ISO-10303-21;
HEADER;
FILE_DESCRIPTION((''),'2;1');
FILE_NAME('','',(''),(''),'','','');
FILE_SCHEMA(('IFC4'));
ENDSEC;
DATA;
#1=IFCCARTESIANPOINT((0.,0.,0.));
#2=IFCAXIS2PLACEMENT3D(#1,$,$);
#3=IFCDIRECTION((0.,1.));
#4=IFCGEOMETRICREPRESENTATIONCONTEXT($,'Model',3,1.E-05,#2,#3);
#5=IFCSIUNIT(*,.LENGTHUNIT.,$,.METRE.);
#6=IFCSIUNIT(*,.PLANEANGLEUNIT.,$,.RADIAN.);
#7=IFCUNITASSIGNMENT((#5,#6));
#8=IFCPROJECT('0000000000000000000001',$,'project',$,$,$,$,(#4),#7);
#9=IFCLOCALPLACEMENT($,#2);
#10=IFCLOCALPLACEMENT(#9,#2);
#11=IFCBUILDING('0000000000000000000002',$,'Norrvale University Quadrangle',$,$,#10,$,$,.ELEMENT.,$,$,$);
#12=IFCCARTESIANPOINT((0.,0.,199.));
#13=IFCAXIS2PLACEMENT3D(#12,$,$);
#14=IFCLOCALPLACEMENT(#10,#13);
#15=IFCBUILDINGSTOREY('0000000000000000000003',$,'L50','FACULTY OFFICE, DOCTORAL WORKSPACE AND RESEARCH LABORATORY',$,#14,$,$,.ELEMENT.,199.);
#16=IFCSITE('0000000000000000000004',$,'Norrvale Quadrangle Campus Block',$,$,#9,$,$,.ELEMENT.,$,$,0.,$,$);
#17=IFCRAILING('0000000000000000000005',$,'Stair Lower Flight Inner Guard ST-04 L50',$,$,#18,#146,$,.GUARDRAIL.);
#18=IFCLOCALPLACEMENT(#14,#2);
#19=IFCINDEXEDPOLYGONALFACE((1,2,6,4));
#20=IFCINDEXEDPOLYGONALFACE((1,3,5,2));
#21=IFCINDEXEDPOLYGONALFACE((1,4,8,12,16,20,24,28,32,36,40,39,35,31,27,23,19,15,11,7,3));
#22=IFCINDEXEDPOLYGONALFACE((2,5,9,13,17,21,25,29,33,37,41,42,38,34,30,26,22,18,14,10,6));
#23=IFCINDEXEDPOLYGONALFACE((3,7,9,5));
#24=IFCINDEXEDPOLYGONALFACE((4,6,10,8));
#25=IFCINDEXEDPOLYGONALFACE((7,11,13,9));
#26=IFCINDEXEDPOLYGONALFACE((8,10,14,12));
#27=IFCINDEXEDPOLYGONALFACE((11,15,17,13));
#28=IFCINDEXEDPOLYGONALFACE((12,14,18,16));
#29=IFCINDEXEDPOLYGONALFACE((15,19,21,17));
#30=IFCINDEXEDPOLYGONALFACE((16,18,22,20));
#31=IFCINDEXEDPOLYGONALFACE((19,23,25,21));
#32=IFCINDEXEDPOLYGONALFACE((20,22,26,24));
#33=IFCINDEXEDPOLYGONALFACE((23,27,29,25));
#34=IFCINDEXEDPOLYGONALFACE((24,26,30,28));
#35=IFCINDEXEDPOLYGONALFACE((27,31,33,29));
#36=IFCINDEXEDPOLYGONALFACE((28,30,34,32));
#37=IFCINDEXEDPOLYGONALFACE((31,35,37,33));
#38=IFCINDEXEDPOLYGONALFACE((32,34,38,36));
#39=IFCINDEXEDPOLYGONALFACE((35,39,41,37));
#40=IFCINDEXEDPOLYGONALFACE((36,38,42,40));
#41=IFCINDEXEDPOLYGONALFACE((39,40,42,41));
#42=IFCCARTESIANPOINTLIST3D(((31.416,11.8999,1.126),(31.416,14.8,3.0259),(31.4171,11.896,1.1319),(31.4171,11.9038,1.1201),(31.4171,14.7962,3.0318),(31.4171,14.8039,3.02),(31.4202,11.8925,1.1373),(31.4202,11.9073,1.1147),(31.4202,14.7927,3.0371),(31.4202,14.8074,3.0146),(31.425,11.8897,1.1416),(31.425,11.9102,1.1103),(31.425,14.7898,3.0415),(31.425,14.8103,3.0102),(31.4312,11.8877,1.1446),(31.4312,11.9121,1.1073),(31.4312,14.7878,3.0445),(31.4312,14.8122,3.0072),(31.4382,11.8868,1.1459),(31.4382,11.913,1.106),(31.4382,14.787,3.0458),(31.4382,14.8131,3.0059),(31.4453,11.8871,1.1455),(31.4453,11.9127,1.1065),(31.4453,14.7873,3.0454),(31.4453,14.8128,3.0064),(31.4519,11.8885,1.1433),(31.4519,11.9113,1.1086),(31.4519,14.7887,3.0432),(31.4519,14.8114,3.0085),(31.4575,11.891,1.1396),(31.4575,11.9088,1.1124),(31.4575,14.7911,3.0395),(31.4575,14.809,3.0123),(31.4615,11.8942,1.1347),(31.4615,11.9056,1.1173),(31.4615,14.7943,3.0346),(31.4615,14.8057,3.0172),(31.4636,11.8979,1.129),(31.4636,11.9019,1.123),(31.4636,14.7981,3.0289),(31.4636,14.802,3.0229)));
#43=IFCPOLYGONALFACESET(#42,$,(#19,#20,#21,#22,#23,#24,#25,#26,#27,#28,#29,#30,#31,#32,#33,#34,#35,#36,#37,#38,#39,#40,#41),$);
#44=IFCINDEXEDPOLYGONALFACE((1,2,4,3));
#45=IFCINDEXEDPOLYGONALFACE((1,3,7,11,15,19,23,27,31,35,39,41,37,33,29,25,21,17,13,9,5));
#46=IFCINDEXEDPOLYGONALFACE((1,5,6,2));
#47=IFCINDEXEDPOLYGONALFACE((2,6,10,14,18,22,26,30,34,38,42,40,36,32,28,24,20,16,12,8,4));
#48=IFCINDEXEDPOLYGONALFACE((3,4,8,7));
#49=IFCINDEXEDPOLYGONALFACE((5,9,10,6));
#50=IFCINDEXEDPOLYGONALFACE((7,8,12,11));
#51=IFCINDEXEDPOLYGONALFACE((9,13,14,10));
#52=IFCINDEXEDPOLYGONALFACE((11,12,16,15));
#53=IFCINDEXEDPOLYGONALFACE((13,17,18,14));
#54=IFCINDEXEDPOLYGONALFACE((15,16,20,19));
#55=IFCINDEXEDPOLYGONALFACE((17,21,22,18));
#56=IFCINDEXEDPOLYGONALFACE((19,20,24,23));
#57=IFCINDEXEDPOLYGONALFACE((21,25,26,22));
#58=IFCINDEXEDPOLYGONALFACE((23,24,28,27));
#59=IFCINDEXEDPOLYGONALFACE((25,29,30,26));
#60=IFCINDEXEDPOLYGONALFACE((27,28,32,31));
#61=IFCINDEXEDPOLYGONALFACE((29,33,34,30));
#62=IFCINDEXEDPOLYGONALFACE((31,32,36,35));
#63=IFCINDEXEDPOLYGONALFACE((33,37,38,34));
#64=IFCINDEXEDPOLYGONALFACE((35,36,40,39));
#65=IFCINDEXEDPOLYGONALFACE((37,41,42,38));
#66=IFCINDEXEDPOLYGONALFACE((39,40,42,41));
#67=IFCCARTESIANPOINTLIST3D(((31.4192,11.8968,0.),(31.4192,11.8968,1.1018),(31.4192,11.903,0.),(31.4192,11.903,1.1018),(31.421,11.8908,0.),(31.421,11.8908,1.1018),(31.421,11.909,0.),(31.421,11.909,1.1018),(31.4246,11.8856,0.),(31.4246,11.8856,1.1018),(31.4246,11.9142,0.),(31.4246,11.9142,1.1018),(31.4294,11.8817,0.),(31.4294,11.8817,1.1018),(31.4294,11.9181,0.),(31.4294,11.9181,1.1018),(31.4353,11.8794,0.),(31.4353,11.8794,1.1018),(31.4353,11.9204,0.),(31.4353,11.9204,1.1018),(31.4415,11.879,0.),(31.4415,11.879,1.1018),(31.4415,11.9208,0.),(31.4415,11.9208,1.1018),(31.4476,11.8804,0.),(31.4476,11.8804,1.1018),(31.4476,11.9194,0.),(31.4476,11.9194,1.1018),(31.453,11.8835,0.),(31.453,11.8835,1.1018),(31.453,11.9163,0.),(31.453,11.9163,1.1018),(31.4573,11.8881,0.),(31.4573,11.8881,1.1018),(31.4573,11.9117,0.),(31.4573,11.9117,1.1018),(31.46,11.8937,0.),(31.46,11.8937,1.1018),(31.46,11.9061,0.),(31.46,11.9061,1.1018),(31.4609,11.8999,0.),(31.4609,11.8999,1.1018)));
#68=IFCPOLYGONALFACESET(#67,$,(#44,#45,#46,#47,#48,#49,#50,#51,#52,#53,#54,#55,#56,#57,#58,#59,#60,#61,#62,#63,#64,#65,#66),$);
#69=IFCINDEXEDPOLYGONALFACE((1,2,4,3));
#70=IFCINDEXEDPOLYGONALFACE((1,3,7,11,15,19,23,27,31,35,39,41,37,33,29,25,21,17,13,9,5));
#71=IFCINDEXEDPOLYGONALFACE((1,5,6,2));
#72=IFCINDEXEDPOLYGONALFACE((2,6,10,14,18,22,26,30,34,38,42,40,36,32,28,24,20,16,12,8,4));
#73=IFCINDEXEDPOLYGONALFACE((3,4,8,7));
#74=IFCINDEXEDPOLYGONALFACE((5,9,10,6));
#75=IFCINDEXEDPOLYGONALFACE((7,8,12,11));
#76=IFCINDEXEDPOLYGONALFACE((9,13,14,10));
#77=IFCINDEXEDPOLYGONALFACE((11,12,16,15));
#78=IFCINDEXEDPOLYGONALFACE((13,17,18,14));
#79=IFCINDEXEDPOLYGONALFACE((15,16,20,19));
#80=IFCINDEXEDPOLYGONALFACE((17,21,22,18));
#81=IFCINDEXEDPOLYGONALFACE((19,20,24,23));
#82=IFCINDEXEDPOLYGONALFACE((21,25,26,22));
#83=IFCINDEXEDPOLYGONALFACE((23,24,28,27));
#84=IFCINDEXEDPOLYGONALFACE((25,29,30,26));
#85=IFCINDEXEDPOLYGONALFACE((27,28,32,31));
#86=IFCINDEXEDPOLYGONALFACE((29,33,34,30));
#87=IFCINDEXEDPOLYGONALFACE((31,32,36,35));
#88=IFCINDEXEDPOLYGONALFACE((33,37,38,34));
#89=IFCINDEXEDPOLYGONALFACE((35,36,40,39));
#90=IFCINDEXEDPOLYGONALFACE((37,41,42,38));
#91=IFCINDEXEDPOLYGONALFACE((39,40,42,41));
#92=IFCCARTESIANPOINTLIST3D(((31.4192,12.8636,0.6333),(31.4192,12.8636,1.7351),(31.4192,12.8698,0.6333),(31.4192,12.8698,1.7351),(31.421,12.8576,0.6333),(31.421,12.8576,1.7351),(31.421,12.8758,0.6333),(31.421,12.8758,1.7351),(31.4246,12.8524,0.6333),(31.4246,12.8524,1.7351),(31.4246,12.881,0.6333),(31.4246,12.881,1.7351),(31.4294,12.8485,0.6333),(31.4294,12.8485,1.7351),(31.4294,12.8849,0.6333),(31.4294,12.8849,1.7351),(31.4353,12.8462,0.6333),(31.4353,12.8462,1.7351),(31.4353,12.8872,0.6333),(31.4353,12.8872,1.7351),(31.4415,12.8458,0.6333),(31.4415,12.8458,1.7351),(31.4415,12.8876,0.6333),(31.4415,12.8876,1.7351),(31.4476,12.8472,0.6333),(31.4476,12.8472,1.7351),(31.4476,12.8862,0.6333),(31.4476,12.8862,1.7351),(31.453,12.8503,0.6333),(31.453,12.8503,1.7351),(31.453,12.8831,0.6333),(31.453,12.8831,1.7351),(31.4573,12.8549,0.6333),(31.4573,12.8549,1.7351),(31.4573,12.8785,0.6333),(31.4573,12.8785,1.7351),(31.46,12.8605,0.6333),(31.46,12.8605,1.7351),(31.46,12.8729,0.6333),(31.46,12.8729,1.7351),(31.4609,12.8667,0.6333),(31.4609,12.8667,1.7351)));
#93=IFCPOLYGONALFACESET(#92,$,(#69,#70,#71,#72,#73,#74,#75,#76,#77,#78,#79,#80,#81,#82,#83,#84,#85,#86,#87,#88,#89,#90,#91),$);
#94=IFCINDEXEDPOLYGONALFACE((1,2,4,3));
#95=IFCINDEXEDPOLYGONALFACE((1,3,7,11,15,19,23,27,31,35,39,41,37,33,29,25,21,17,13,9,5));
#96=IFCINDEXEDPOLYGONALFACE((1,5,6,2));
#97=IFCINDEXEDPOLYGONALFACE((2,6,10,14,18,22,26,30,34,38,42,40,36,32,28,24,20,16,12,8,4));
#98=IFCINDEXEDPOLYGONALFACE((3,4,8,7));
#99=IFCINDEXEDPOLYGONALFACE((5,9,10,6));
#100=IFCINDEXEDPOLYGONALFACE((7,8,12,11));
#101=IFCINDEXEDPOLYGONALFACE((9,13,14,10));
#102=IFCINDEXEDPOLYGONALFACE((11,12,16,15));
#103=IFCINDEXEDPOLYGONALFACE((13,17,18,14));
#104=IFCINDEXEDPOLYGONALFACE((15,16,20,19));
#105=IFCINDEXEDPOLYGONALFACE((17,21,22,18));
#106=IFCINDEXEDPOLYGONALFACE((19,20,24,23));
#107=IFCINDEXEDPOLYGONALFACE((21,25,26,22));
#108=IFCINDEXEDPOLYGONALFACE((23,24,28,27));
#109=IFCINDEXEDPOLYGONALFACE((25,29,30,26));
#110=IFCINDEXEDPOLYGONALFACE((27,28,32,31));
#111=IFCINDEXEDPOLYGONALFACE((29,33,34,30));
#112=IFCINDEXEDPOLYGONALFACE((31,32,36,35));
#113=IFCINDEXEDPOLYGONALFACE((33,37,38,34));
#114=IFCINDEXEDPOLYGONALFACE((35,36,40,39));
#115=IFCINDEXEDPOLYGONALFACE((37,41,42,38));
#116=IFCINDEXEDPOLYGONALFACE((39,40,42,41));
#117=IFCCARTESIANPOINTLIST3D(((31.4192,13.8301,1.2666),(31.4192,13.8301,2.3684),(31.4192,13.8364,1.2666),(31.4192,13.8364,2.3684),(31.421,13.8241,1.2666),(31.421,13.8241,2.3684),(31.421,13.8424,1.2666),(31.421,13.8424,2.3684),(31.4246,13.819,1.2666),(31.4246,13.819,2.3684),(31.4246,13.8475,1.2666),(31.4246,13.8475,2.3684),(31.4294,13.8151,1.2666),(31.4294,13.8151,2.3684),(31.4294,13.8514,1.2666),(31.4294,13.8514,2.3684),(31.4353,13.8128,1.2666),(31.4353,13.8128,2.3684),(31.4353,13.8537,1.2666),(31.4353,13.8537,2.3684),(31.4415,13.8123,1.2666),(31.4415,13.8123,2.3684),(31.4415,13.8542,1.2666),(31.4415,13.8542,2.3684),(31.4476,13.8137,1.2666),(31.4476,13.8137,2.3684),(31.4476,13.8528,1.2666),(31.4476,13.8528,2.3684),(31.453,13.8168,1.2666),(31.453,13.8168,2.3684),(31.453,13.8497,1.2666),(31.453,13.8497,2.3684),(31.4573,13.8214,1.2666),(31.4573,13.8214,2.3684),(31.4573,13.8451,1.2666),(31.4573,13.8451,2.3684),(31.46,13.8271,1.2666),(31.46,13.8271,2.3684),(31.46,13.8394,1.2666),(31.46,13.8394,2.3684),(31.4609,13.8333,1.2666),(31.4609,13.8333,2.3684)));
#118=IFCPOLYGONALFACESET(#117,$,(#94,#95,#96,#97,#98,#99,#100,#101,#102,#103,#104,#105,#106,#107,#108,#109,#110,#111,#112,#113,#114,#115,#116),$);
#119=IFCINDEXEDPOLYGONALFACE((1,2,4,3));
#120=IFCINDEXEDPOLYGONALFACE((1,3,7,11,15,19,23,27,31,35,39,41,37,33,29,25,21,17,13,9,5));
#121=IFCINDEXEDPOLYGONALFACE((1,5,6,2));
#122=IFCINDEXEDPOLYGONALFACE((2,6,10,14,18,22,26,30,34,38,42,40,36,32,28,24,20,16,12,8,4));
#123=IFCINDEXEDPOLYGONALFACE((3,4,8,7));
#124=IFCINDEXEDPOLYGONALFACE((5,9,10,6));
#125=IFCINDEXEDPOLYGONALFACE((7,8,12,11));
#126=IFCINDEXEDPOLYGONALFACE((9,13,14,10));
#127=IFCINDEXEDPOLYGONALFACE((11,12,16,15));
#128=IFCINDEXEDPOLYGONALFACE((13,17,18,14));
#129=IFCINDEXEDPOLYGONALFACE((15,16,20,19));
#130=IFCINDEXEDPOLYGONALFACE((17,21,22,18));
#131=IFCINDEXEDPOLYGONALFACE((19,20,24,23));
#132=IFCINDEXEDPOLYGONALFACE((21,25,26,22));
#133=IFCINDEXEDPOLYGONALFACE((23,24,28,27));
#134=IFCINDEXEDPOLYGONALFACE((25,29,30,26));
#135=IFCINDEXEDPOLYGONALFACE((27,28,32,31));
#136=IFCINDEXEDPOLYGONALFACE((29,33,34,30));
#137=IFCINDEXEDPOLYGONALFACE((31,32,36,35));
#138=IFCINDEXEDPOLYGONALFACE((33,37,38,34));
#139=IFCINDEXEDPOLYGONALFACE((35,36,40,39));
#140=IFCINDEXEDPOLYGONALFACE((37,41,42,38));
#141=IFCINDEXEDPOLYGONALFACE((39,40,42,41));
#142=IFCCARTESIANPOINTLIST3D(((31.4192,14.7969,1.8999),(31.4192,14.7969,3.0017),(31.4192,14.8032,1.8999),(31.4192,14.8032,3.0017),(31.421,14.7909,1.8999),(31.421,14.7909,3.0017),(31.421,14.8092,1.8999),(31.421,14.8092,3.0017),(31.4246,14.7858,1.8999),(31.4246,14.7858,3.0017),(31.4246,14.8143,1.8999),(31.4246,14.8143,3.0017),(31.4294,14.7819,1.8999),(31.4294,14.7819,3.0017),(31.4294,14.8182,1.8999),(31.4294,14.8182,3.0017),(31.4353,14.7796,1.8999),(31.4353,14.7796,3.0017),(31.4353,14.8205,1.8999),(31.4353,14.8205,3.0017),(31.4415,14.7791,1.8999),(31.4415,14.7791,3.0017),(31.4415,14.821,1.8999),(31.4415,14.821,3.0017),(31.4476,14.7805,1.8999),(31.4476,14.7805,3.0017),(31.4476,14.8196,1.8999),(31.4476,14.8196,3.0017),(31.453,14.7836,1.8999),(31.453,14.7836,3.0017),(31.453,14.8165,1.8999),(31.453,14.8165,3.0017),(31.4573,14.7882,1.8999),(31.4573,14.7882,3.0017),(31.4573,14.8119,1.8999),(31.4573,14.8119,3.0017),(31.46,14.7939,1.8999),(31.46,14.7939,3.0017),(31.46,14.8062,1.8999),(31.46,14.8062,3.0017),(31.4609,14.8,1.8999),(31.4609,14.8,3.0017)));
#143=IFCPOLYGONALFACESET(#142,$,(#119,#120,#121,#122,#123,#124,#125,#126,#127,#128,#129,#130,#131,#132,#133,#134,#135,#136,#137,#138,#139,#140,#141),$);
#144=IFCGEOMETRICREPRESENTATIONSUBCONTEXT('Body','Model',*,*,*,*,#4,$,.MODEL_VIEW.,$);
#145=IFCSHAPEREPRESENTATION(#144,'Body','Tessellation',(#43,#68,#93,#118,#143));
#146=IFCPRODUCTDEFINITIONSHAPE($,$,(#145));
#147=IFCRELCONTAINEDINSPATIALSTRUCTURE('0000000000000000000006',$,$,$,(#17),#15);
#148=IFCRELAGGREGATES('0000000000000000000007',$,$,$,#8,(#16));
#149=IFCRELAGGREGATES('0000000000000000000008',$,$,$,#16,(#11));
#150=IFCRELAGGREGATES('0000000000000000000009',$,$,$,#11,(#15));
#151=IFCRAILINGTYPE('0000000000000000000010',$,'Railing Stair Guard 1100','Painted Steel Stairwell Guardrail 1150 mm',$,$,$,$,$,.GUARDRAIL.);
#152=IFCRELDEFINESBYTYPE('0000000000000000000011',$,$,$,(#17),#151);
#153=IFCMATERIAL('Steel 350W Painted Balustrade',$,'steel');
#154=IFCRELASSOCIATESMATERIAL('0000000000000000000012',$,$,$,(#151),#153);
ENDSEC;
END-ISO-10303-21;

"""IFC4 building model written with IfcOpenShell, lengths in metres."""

from ifc_helpers import new_model, si_unit, direction, frame, origin, origin_2d, place, context, subcontext, project, spatial, circle, extrude, material, type_object, element, save


model = new_model("IFC4")

# Units and contexts
model_context = context("Model", 3, precision=1e-05, world=origin(), true_north=direction((0.0, 1.0)))
body_context = subcontext(model_context, "Body", "Model", "MODEL_VIEW")
ifc_project = project(units=[si_unit("LENGTHUNIT", "METRE"), si_unit("PLANEANGLEUNIT", "RADIAN")], contexts=[model_context])

# Site, building, storey
site_placement = place(None, origin())
site = spatial("IfcSite", under=ifc_project, at=site_placement, Name="Norrvale Quadrangle Campus Block", CompositionType="ELEMENT", RefElevation=0.0)
building_placement = place(site_placement, origin())
building = spatial("IfcBuilding", under=site, at=building_placement, Name="Norrvale University Quadrangle", CompositionType="ELEMENT")
storey_placement = place(building_placement, frame((0.0, 0.0, 199.0)))
storey = spatial("IfcBuildingStorey", under=building, at=storey_placement, Name="L50", Description="FACULTY OFFICE, DOCTORAL WORKSPACE AND RESEARCH LABORATORY", CompositionType="ELEMENT", Elevation=199.0)

# Railing
ifc_material_1 = material(Name="Steel 350W Painted Balustrade", Category="steel")
railing_type_1 = type_object("IfcRailingType", Name="Railing Stair Guard 1100", Description="Painted Steel Stairwell Guardrail 1150 mm", PredefinedType="GUARDRAIL", material=ifc_material_1)
railing_1_placement = place(storey_placement, frame((31.4399, 11.8999, 0.0)))
element("IfcRailing", 1, at=railing_1_placement, inside=storey, type_object=railing_type_1, Name="Stair Lower Flight Inner Guard ST-04 L50", PredefinedType="GUARDRAIL", context=body_context, shape_type="SweptSolid", body=[
    extrude(circle(Radius=0.0239, at=origin_2d()), frame((0.0, 0.0, 1.126), z_axis=(0.0, 0.836487, 0.547987), x_axis=(-1.0, 0.0, 0.0)), (0.0, 0.0, 1.0), 3.467),
    extrude(circle(Radius=0.021, at=origin_2d()), origin(), (0.0, 0.0, 1.0), 1.1018),
    extrude(circle(Radius=0.021, at=origin_2d()), frame((0.0, 0.9668, 0.6333)), (0.0, 0.0, 1.0), 1.1018),
    extrude(circle(Radius=0.021, at=origin_2d()), frame((0.0, 1.9333, 1.2666)), (0.0, 0.0, 1.0), 1.1018),
    extrude(circle(Radius=0.021, at=origin_2d()), frame((0.0, 2.9001, 1.8999)), (0.0, 0.0, 1.0), 1.1018),
])

save(model, "model.ifc")
